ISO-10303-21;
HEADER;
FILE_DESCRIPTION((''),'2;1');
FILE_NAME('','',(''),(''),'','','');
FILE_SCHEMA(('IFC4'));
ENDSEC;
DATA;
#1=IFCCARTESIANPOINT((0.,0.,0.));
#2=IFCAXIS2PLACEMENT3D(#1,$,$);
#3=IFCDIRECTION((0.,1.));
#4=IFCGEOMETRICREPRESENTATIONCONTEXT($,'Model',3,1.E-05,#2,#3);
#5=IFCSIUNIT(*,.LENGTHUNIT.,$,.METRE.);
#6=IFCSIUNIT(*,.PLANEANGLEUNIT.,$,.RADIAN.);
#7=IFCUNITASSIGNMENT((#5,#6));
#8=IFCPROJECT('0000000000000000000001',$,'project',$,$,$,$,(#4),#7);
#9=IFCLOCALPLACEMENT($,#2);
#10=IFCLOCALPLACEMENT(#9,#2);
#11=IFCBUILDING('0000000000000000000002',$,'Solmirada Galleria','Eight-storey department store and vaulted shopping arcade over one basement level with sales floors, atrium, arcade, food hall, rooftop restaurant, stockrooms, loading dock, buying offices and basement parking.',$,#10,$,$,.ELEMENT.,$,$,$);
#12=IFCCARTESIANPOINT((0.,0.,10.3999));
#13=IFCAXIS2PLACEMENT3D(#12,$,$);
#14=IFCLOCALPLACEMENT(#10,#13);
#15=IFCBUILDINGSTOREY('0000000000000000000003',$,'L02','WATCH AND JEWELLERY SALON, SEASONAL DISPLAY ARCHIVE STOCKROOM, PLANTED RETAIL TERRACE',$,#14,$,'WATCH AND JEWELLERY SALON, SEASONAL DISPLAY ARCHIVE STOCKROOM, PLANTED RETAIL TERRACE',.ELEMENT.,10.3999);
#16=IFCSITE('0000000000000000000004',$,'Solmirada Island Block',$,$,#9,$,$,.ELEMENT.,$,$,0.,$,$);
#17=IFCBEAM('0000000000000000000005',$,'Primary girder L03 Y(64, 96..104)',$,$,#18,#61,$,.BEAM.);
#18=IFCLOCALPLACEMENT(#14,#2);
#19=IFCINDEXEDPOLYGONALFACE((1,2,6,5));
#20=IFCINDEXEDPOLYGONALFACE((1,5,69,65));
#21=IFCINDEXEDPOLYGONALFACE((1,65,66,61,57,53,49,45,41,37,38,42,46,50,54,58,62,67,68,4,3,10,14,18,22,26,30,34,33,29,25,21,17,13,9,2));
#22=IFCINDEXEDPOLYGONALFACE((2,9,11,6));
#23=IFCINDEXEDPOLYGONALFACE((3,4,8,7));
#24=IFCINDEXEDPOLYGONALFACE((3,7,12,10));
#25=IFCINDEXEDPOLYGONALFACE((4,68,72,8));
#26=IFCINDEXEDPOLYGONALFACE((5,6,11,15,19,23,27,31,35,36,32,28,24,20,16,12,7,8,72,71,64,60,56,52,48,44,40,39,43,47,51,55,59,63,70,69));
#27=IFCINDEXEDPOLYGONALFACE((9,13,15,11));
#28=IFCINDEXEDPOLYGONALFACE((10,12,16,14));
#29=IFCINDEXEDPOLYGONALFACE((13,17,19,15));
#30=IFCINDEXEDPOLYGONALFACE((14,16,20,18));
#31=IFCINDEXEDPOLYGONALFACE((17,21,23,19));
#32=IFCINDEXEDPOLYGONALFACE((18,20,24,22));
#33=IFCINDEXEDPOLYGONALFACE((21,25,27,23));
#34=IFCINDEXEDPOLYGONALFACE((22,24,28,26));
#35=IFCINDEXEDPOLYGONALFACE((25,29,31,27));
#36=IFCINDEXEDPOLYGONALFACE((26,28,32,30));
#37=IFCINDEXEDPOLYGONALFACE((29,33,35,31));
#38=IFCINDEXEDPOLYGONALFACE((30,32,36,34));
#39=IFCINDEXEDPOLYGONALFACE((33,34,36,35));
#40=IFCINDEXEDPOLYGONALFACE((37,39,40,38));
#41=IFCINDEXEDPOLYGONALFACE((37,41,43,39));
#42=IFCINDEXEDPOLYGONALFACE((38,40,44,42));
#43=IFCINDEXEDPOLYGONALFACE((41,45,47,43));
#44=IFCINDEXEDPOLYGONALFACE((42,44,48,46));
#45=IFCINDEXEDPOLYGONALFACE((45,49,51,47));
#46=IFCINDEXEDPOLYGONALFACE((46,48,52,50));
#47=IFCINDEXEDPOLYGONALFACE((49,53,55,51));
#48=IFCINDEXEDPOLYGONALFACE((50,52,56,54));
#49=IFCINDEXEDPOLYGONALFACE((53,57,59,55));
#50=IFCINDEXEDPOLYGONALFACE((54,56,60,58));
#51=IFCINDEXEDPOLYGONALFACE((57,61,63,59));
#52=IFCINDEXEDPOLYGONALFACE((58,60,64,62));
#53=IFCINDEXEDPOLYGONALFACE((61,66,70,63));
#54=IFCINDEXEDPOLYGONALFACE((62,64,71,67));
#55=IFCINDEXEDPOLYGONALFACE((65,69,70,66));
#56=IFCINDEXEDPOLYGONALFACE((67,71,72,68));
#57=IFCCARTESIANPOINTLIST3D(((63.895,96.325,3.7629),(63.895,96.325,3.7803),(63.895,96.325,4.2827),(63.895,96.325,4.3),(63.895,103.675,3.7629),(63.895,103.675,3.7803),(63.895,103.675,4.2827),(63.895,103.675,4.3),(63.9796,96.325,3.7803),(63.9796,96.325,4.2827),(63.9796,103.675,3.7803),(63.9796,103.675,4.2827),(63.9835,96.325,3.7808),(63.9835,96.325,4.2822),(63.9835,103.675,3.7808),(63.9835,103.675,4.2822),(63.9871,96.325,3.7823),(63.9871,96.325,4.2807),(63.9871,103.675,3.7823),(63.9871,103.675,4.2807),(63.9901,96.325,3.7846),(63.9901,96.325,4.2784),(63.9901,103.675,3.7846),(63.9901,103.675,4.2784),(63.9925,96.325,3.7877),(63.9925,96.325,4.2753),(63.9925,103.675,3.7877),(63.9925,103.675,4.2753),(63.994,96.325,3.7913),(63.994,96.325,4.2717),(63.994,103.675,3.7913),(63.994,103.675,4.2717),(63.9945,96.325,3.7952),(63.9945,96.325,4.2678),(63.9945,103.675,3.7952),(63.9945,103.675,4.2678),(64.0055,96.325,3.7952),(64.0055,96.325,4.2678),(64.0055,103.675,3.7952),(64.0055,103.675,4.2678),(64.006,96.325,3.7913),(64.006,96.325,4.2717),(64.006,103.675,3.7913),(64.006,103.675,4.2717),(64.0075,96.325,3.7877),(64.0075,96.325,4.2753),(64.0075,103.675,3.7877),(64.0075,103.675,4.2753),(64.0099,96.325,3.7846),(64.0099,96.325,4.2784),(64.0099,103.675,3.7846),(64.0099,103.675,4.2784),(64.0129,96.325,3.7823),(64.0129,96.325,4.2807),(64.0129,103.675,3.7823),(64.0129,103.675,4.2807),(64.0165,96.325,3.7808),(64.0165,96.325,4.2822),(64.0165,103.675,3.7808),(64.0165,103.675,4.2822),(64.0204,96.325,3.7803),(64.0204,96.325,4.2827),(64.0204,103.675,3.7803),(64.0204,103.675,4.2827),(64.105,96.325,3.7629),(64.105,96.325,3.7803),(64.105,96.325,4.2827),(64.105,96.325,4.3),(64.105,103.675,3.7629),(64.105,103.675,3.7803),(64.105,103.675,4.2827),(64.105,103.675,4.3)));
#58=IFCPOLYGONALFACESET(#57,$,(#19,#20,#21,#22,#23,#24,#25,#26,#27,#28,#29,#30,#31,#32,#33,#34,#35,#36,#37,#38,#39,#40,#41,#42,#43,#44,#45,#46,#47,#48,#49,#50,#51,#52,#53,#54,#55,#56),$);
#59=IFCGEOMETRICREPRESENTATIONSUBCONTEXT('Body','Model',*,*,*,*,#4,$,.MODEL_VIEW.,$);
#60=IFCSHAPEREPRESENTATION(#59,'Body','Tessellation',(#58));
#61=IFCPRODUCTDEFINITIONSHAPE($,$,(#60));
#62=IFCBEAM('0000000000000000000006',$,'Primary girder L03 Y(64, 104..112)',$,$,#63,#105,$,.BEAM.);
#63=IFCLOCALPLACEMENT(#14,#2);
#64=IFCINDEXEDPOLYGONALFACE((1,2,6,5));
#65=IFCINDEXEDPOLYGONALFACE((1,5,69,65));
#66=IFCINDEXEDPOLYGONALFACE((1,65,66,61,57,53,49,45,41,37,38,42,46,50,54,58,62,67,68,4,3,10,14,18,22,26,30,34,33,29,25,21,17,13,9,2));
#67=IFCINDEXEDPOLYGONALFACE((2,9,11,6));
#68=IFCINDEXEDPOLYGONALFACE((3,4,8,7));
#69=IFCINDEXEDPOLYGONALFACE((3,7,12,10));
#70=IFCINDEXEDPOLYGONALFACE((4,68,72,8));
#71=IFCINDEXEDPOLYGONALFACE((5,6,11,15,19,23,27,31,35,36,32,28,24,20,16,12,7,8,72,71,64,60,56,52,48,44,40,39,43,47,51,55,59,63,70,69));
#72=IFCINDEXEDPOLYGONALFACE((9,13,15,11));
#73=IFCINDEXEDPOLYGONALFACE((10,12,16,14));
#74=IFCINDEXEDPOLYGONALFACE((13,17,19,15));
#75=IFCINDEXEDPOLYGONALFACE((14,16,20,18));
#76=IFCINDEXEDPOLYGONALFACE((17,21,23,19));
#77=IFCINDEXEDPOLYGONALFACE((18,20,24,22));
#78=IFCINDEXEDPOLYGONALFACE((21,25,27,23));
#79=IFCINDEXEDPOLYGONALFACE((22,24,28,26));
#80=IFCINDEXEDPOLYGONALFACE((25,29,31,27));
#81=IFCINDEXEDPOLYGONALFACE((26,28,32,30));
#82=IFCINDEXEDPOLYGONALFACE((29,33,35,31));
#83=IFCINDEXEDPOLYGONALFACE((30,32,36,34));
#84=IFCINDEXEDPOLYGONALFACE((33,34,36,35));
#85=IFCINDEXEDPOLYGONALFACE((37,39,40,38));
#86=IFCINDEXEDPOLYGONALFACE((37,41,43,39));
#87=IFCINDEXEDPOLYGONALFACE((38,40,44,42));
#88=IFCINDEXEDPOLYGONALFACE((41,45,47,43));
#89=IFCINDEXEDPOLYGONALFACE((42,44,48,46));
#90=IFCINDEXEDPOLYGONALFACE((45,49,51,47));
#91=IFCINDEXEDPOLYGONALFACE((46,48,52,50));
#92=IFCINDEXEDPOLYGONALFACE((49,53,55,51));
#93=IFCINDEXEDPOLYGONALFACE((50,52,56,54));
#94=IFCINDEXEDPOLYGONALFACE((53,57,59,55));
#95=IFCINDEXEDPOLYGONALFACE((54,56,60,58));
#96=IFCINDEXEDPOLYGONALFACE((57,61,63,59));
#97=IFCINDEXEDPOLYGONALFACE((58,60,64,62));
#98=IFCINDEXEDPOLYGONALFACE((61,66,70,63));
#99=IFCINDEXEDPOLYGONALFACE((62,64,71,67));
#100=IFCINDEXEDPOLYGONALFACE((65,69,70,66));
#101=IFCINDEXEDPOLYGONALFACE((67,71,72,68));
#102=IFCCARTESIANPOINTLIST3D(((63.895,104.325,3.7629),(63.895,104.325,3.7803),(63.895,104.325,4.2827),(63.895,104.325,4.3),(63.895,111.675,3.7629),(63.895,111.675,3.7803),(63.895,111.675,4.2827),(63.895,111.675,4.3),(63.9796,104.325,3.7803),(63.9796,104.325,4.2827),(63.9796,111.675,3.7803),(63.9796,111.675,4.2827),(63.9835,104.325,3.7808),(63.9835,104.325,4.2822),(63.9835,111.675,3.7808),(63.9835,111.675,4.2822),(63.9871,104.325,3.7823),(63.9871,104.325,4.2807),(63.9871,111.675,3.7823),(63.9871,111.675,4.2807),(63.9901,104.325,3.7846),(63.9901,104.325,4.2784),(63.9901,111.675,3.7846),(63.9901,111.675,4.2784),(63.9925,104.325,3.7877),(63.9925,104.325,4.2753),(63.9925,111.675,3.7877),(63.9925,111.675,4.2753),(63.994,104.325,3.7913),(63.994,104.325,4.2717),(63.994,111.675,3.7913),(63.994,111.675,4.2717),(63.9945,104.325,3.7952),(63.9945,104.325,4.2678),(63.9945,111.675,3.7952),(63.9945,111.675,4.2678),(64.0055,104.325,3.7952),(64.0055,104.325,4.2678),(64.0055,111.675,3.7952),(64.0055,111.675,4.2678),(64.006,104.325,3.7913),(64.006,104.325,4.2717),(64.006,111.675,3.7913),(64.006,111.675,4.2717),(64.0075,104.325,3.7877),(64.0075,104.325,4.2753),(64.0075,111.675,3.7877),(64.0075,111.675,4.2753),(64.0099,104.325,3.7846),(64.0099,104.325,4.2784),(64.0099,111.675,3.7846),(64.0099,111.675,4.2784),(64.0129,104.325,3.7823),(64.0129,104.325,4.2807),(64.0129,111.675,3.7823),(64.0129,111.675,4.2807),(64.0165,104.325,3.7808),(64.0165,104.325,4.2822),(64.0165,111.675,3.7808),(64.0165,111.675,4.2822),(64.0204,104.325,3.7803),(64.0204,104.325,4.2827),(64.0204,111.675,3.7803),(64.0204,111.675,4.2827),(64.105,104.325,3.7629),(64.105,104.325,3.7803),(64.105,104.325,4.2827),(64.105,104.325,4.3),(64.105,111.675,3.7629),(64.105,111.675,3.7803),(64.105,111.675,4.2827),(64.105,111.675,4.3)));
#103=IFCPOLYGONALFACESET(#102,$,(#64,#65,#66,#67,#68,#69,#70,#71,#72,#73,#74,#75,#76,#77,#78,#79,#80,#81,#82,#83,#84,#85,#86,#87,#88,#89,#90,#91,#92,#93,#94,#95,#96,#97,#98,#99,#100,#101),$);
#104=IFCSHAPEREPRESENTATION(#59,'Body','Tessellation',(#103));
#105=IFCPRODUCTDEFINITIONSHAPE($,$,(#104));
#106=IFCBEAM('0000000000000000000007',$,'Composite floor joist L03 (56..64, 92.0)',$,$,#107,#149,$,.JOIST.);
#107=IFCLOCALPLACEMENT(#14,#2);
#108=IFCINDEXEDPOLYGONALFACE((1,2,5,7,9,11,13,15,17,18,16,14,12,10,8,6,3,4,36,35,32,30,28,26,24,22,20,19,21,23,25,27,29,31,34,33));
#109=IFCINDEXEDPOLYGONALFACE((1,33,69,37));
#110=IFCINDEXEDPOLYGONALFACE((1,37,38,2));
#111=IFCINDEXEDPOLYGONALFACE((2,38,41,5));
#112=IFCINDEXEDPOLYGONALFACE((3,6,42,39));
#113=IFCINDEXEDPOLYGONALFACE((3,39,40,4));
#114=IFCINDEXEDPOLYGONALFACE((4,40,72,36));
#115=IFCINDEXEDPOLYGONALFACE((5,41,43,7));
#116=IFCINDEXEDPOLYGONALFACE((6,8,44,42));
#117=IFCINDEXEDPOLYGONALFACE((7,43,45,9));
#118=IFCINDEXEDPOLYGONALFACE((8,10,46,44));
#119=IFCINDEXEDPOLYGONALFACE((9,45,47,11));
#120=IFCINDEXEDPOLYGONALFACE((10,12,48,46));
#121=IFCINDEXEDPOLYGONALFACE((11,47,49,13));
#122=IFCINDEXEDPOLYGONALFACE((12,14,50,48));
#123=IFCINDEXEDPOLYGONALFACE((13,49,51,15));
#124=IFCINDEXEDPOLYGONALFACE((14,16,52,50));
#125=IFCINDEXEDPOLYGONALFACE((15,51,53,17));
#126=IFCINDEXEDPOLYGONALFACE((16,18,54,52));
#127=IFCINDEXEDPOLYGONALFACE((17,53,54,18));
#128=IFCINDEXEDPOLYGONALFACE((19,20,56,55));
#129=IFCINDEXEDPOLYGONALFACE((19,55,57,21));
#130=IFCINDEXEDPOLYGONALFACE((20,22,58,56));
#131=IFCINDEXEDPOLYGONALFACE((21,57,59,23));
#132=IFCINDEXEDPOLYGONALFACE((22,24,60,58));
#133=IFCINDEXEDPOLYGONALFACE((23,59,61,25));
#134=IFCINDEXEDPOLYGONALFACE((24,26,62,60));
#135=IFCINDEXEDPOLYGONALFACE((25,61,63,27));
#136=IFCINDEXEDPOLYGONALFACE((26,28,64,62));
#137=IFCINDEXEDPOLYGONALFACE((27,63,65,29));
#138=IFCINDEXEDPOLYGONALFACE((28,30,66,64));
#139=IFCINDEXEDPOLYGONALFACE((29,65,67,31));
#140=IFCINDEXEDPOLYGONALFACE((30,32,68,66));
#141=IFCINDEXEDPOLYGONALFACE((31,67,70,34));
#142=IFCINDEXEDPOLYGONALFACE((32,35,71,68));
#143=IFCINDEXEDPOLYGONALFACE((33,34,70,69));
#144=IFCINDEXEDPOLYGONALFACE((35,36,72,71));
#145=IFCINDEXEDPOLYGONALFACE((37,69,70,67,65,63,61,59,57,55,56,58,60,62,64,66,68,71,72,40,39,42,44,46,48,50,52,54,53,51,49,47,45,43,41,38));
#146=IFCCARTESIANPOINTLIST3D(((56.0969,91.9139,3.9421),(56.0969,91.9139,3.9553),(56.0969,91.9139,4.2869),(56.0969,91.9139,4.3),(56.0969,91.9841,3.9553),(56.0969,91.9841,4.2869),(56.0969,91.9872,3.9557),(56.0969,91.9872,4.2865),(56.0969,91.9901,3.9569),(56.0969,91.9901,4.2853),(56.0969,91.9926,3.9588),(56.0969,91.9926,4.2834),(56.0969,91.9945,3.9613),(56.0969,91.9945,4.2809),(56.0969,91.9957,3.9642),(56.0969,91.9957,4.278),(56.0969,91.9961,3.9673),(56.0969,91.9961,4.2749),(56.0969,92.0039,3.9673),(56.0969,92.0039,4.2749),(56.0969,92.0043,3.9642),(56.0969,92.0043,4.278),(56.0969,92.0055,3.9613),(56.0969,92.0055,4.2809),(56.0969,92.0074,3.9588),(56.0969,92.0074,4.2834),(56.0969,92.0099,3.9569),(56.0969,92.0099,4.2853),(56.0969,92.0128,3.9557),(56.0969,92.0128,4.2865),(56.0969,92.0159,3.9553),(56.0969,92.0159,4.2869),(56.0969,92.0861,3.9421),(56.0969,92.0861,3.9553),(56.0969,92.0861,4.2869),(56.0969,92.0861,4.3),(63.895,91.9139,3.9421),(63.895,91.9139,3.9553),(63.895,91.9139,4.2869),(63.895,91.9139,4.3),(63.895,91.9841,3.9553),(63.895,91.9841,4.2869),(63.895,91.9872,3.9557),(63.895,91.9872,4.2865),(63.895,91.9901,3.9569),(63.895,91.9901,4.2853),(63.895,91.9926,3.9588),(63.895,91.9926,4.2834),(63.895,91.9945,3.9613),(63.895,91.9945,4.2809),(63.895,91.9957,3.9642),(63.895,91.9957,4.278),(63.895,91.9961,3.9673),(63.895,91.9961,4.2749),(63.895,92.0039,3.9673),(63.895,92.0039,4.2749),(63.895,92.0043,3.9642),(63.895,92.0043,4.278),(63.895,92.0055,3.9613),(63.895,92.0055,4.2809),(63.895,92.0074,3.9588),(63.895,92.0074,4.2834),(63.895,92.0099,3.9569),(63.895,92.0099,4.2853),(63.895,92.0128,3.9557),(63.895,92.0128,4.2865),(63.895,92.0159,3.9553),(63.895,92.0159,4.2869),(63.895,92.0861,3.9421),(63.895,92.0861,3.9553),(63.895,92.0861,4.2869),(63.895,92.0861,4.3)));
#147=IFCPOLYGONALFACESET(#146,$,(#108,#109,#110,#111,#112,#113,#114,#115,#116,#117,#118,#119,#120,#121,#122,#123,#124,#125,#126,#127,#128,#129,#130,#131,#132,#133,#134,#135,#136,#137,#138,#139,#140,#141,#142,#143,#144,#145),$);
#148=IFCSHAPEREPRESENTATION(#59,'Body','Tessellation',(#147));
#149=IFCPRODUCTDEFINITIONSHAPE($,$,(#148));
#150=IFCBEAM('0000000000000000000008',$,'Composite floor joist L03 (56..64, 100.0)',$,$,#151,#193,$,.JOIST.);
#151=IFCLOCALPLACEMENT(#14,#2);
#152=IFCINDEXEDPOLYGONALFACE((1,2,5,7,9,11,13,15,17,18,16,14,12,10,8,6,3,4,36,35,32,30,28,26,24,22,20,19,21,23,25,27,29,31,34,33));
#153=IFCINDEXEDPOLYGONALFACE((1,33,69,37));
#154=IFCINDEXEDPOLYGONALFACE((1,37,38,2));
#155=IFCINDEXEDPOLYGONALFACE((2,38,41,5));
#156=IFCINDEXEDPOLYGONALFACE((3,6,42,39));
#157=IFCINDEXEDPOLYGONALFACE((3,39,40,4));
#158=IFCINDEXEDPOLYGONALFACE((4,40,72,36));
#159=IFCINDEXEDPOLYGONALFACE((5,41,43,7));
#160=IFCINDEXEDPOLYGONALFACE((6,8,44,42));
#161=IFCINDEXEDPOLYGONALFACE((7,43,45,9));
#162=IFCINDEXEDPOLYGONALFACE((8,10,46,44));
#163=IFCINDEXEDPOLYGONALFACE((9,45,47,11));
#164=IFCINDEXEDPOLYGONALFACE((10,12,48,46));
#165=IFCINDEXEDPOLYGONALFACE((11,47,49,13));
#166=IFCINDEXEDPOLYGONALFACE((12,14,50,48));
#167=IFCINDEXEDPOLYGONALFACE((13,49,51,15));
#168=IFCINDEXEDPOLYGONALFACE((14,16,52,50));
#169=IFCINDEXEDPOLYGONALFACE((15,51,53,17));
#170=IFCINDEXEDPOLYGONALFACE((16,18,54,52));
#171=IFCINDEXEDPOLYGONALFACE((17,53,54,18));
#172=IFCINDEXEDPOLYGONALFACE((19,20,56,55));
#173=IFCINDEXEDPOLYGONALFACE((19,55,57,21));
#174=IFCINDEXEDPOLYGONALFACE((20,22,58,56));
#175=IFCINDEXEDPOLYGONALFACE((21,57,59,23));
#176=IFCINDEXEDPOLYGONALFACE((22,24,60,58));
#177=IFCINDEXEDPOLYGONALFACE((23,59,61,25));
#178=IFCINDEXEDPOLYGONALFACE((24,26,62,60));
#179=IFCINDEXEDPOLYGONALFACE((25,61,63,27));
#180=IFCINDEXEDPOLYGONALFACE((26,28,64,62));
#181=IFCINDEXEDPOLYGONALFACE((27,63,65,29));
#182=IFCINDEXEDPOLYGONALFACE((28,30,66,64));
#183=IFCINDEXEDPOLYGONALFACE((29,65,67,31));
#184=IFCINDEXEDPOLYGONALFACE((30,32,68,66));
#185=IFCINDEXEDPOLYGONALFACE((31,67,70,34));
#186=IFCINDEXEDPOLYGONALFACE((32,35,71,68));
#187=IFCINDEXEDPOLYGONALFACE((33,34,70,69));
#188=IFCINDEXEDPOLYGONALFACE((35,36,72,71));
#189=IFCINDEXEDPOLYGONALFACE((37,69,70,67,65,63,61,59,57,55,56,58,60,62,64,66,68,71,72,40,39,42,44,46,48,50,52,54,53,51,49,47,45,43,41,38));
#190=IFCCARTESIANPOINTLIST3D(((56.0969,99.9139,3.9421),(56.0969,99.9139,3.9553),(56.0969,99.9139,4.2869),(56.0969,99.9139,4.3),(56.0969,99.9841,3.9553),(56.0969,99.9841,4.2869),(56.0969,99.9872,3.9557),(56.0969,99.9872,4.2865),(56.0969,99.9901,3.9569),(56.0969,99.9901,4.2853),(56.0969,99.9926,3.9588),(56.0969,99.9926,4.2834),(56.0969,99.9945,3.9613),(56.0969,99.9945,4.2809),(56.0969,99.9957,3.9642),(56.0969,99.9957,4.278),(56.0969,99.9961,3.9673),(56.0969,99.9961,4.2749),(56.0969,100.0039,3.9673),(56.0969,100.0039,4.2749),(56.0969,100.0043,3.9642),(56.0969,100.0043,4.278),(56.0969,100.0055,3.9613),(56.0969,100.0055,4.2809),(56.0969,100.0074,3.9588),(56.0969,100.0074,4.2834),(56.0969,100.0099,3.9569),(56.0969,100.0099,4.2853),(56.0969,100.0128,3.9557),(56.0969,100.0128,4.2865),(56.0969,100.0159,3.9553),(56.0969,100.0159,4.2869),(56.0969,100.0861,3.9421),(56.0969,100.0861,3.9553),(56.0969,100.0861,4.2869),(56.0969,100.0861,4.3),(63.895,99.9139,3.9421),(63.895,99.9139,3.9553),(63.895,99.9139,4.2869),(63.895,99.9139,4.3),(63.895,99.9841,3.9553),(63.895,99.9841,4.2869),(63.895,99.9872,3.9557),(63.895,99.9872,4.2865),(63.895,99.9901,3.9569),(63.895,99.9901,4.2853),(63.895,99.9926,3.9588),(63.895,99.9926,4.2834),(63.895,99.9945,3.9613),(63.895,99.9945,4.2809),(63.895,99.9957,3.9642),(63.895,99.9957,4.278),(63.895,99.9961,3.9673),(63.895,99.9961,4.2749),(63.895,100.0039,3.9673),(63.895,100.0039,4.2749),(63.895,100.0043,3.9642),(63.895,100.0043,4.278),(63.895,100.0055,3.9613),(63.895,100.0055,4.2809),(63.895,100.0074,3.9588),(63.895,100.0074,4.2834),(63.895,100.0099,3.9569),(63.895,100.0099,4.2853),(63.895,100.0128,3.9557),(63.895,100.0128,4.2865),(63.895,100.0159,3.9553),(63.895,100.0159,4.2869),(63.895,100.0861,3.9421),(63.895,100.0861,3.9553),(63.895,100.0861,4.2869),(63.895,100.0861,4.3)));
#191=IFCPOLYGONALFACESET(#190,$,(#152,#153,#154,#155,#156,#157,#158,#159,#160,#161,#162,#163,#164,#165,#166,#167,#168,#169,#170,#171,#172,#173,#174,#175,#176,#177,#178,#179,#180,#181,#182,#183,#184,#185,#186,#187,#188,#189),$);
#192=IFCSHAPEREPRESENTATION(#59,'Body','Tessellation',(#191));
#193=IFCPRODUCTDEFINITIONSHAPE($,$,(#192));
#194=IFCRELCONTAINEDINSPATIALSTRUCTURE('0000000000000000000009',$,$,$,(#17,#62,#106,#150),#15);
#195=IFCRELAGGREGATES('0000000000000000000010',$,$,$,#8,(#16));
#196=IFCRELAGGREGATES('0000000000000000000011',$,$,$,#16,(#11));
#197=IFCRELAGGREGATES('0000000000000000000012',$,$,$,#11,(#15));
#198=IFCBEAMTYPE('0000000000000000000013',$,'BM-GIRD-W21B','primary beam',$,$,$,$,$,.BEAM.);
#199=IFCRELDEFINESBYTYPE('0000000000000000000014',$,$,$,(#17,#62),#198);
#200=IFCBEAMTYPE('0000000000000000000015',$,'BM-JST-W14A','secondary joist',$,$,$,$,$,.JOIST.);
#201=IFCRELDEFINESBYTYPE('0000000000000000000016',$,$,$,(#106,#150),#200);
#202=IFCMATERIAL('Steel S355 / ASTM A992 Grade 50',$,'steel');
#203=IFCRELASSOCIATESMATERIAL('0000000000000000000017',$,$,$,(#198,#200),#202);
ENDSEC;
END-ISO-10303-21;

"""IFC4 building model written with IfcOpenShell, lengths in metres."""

from ifc_helpers import new_model, si_unit, direction, frame, origin, origin_2d, place, context, subcontext, project, spatial, i_section, extrude, material, material_profile, profile_set, type_object, element, save


model = new_model("IFC4")

# Units and contexts
model_context = context("Model", 3, precision=1e-05, world=origin(), true_north=direction((0.0, 1.0)))
body_context = subcontext(model_context, "Body", "Model", "MODEL_VIEW")
ifc_project = project(units=[si_unit("LENGTHUNIT", "METRE"), si_unit("PLANEANGLEUNIT", "RADIAN")], contexts=[model_context])

# Site, building, storey
site_placement = place(None, origin())
site = spatial("IfcSite", under=ifc_project, at=site_placement, Name="Solmirada Island Block", CompositionType="ELEMENT", RefElevation=0.0)
building_placement = place(site_placement, origin())
building = spatial("IfcBuilding", under=site, at=building_placement, Name="Solmirada Galleria", Description="Eight-storey department store and vaulted shopping arcade over one basement level with sales floors, atrium, arcade, food hall, rooftop restaurant, stockrooms, loading dock, buying offices and basement parking.", CompositionType="ELEMENT")
storey_placement = place(building_placement, frame((0.0, 0.0, 10.3999)))
storey = spatial("IfcBuildingStorey", under=building, at=storey_placement, Name="L02", Description="WATCH AND JEWELLERY SALON, SEASONAL DISPLAY ARCHIVE STOCKROOM, PLANTED RETAIL TERRACE", LongName="WATCH AND JEWELLERY SALON, SEASONAL DISPLAY ARCHIVE STOCKROOM, PLANTED RETAIL TERRACE", CompositionType="ELEMENT", Elevation=10.3999)

# Beams
ifc_material_1 = material(Name="Steel S355 / ASTM A992 Grade 50", Category="steel")
ifc_material_profile_1 = material_profile(ifc_material_1, i_section(OverallWidth=0.21, OverallDepth=0.5371, WebThickness=0.011, FlangeThickness=0.0173, FilletRadius=0.0149, at=origin_2d()), Name="W21X68")
ifc_profile_set_1 = profile_set([ifc_material_profile_1], Name="Steel S355 / ASTM A992 Grade 50")
beam_type_1 = type_object("IfcBeamType", Name="BM-GIRD-W21B", Description="primary beam", PredefinedType="BEAM", material=ifc_profile_set_1)
for number, where, z_axis, x_axis, name in (
    (1, (64.0, 96.325, 4.0315), (0.0, 1.0, 0.0), (-1.0, 0.0, 0.0), "Primary girder L03 Y(64, 96..104)"),
    (2, (64.0, 104.325, 4.0315), (0.0, 1.0, 0.0), (-1.0, 0.0, 0.0), "Primary girder L03 Y(64, 104..112)"),
):
    element("IfcBeam", number, at=place(storey_placement, frame(where, z_axis=z_axis, x_axis=x_axis)), inside=storey, type_object=beam_type_1, Name=name, PredefinedType="BEAM", context=body_context, shape_type="SweptSolid", body=[
        extrude(i_section(OverallWidth=0.21, OverallDepth=0.5371, WebThickness=0.011, FlangeThickness=0.0173, FilletRadius=0.0149, at=origin_2d()), origin(), (0.0, 0.0, 1.0), 7.3501),
    ])
ifc_material_profile_2 = material_profile(ifc_material_1, i_section(OverallWidth=0.1721, OverallDepth=0.3579, WebThickness=0.0078, FlangeThickness=0.0132, FilletRadius=0.012, at=origin_2d()), Name="W14X38")
ifc_profile_set_2 = profile_set([ifc_material_profile_2], Name="Steel S355 / ASTM A992 Grade 50")
beam_type_2 = type_object("IfcBeamType", Name="BM-JST-W14A", Description="secondary joist", PredefinedType="JOIST", material=ifc_profile_set_2)
for number, where, z_axis, x_axis, name in (
    (3, (56.0969, 92.0, 4.1211), (1.0, 0.0, 0.0), (0.0, 1.0, 0.0), "Composite floor joist L03 (56..64, 92.0)"),
    (4, (56.0969, 100.0, 4.1211), (1.0, 0.0, 0.0), (0.0, 1.0, 0.0), "Composite floor joist L03 (56..64, 100.0)"),
):
    element("IfcBeam", number, at=place(storey_placement, frame(where, z_axis=z_axis, x_axis=x_axis)), inside=storey, type_object=beam_type_2, Name=name, PredefinedType="JOIST", context=body_context, shape_type="SweptSolid", body=[
        extrude(i_section(OverallWidth=0.1721, OverallDepth=0.3579, WebThickness=0.0078, FlangeThickness=0.0132, FilletRadius=0.012, at=origin_2d()), origin(), (0.0, 0.0, 1.0), 7.7981),
    ])

save(model, "model.ifc")
